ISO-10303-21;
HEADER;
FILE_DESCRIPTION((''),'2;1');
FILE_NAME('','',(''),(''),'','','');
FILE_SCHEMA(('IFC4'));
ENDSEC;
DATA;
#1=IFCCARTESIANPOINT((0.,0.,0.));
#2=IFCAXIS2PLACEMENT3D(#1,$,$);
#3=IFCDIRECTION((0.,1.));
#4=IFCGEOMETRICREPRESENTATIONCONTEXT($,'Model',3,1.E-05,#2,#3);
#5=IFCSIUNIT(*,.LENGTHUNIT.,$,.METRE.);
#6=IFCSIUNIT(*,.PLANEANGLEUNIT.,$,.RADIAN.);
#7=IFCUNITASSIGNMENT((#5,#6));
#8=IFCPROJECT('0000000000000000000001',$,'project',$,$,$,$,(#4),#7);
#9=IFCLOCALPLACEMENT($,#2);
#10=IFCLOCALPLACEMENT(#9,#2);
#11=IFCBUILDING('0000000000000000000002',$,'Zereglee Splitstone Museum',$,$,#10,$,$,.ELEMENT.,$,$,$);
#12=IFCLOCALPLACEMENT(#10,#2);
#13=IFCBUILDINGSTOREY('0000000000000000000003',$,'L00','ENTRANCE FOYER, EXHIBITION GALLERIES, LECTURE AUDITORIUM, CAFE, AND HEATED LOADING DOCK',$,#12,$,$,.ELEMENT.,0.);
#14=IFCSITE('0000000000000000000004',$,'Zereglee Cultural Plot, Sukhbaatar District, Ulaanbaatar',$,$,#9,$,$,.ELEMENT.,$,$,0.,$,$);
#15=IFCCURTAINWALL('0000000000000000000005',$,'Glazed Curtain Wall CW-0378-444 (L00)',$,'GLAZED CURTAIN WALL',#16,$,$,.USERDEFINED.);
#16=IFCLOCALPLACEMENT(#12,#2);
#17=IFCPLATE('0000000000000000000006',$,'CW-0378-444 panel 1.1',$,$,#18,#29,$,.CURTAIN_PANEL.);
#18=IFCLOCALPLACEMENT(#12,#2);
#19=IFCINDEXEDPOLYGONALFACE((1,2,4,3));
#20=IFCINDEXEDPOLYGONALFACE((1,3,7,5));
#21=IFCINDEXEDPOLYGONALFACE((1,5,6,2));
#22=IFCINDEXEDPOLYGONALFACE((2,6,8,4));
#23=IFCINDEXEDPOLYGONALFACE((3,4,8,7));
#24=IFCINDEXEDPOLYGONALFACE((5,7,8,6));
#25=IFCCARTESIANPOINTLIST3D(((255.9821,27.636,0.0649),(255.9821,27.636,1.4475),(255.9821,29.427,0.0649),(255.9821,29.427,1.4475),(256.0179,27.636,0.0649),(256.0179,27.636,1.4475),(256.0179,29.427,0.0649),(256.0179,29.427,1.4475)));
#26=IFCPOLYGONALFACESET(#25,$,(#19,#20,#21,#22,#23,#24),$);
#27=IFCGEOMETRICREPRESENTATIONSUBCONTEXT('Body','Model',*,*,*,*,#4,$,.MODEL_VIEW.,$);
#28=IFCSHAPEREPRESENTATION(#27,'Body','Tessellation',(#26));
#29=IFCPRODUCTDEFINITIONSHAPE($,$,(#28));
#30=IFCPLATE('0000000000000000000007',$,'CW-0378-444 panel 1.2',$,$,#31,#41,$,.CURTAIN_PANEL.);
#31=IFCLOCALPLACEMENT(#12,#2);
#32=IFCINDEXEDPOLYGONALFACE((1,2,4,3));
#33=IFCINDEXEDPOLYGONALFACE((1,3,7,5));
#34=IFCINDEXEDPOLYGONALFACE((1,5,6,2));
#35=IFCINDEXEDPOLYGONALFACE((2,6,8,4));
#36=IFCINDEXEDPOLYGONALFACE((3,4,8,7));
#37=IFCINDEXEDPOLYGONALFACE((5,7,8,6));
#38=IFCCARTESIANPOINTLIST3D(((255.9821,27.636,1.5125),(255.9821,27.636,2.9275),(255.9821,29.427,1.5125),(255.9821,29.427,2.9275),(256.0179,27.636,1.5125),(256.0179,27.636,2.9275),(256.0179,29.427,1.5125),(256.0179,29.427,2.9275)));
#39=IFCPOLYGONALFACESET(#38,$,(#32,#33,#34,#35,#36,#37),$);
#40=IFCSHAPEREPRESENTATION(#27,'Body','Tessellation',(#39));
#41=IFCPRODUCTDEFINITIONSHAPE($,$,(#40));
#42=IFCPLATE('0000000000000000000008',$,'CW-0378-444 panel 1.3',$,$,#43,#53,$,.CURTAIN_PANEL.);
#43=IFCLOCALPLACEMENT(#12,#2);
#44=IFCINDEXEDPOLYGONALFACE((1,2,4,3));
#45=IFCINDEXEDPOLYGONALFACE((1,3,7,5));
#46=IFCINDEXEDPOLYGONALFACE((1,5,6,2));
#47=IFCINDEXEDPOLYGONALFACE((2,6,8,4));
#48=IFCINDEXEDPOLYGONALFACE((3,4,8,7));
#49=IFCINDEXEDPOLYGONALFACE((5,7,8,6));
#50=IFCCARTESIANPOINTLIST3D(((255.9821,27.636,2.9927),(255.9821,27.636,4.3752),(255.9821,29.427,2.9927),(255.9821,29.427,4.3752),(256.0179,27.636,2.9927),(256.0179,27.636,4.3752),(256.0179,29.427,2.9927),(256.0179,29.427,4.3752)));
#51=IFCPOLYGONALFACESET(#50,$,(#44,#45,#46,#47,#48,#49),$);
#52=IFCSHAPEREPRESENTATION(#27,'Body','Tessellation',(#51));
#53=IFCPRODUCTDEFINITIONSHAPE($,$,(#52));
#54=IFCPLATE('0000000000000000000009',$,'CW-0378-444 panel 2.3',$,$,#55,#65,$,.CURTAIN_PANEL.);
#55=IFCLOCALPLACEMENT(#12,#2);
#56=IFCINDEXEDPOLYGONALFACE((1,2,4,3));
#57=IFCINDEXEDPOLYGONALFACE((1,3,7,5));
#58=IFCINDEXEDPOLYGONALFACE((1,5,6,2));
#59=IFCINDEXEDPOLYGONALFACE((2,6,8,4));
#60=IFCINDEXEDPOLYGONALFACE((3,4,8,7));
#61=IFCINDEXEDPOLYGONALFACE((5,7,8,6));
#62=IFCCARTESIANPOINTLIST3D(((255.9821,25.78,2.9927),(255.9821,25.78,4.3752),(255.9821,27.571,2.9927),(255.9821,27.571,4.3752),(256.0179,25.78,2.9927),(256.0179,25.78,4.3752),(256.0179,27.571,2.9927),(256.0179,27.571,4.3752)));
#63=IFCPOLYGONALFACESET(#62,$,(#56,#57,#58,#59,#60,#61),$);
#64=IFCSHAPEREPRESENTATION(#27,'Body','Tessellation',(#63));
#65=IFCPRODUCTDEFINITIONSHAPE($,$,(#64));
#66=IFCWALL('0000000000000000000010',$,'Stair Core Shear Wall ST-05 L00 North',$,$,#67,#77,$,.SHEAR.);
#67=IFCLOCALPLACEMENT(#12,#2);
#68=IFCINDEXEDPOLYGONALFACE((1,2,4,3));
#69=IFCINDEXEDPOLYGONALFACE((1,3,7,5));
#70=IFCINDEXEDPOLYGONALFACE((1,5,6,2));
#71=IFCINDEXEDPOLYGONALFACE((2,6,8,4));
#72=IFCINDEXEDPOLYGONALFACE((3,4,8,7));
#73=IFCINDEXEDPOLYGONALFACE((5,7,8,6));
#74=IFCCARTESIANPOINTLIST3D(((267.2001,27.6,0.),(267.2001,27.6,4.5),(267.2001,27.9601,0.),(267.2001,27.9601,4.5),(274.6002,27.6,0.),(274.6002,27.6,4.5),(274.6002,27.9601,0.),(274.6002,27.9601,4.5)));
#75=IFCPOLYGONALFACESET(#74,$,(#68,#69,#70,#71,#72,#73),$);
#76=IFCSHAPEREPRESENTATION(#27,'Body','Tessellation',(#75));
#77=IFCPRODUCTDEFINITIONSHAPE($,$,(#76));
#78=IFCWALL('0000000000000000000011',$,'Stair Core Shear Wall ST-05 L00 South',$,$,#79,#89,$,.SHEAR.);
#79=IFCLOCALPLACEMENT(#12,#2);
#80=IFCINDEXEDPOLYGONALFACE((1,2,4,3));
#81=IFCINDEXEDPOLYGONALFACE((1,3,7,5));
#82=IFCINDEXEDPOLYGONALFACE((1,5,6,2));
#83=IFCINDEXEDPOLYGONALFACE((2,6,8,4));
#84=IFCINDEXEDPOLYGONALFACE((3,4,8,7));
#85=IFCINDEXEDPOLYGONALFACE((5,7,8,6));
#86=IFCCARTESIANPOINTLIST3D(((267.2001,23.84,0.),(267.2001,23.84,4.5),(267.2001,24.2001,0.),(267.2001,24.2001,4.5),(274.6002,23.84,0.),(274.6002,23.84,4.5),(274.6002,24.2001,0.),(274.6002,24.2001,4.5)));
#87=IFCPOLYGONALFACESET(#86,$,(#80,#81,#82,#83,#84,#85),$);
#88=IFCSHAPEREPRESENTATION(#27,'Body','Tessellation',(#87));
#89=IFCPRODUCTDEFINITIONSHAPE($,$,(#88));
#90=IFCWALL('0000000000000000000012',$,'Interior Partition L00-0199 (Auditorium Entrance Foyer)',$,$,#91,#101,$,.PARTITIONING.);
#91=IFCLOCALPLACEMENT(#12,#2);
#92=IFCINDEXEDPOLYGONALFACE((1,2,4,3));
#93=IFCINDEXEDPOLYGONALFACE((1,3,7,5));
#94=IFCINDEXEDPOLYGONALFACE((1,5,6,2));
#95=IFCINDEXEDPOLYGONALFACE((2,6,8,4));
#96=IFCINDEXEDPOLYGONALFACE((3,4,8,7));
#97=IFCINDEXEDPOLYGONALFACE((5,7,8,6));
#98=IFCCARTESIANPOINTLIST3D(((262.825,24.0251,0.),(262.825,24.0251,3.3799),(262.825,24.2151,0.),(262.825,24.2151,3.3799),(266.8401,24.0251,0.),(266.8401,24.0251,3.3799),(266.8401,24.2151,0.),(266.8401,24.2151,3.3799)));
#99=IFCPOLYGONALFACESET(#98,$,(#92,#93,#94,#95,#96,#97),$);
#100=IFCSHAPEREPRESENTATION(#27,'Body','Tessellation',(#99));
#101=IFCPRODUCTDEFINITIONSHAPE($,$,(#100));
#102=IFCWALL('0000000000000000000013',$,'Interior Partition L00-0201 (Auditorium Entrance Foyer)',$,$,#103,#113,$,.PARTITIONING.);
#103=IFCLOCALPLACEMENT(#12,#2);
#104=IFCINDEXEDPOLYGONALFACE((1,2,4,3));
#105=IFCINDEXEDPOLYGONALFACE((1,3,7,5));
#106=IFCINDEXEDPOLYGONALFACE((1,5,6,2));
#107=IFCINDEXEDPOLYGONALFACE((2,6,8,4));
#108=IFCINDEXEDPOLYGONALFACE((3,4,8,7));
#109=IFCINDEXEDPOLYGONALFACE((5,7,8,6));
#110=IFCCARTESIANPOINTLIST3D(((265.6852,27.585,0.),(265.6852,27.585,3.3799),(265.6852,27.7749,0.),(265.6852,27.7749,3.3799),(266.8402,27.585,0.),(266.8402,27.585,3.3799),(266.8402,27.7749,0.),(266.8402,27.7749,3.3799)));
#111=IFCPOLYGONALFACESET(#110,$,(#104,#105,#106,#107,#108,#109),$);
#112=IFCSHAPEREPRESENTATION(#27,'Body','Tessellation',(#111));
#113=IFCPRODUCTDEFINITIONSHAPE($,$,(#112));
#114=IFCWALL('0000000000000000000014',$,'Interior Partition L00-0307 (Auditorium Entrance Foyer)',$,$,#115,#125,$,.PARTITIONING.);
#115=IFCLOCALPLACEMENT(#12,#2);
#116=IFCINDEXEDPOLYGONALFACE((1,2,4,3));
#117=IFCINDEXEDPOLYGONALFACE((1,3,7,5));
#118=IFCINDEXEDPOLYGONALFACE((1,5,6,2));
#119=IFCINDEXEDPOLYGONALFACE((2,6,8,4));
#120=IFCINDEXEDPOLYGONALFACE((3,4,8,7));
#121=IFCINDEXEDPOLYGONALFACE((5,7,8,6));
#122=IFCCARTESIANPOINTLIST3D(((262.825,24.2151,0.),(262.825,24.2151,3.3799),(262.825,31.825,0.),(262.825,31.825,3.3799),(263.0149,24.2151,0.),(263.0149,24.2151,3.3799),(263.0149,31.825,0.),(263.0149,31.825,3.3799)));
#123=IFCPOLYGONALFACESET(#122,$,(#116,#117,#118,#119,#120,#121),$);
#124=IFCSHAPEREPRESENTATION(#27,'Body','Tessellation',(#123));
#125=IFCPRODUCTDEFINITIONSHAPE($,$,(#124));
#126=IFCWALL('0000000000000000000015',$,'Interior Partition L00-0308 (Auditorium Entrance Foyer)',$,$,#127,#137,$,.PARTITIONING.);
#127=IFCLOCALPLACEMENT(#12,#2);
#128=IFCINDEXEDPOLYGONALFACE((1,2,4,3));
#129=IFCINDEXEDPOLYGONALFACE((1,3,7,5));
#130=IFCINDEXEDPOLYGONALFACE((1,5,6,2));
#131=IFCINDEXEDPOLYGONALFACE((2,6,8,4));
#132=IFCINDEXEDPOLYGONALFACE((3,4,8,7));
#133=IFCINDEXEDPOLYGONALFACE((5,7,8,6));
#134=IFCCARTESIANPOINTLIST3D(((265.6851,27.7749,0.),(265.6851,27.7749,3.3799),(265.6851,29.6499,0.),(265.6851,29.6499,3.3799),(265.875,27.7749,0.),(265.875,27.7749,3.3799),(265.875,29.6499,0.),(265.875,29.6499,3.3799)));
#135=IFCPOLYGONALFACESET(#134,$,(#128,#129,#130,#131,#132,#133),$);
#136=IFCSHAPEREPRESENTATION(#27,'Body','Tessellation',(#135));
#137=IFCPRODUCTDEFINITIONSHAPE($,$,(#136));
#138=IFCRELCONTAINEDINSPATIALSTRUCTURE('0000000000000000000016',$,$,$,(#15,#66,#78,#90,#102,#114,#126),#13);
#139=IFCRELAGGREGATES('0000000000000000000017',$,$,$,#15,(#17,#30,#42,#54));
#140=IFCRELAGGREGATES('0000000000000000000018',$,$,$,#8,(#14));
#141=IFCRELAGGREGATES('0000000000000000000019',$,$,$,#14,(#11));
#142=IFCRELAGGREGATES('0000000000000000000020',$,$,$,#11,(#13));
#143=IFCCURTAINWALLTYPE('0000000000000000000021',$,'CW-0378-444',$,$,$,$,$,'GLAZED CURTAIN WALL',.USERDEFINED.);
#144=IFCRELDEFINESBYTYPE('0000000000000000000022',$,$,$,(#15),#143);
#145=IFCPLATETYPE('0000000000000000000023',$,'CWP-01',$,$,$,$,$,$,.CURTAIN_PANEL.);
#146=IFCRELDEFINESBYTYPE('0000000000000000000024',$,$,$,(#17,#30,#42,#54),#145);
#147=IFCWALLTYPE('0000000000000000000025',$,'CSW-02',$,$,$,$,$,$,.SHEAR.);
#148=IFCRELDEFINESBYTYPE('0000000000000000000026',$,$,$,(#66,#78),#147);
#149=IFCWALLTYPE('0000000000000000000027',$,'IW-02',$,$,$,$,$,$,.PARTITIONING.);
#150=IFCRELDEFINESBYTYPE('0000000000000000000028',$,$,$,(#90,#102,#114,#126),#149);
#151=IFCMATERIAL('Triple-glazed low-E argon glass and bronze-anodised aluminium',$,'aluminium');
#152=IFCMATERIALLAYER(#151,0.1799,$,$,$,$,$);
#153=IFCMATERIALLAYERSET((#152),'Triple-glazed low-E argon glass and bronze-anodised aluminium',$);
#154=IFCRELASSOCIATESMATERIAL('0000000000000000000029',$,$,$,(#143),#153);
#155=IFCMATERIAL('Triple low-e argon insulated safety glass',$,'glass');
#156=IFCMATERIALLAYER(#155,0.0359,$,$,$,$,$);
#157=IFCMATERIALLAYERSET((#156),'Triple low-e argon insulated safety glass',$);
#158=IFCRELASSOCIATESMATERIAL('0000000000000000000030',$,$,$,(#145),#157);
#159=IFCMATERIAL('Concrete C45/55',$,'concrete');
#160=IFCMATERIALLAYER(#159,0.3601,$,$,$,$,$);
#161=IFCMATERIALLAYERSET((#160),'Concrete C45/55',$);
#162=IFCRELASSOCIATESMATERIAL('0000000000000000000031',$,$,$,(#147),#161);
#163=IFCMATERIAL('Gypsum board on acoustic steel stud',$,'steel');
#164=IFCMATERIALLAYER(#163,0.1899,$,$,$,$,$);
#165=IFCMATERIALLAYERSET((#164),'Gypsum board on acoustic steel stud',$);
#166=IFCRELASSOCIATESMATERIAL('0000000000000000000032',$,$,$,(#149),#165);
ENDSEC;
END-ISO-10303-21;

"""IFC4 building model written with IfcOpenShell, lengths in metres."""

from ifc_helpers import new_model, si_unit, direction, frame, frame_2d, origin, origin_2d, place, context, subcontext, project, spatial, rectangle, extrude, material, layer, layer_set, type_object, element, aggregate, save


model = new_model("IFC4")

# Units and contexts
model_context = context("Model", 3, precision=1e-05, world=origin(), true_north=direction((0.0, 1.0)))
body_context = subcontext(model_context, "Body", "Model", "MODEL_VIEW")
ifc_project = project(units=[si_unit("LENGTHUNIT", "METRE"), si_unit("PLANEANGLEUNIT", "RADIAN")], contexts=[model_context])

# Site, building, storey
site_placement = place(None, origin())
site = spatial("IfcSite", under=ifc_project, at=site_placement, Name="Zereglee Cultural Plot, Sukhbaatar District, Ulaanbaatar", CompositionType="ELEMENT", RefElevation=0.0)
building_placement = place(site_placement, origin())
building = spatial("IfcBuilding", under=site, at=building_placement, Name="Zereglee Splitstone Museum", CompositionType="ELEMENT")
storey_placement = place(building_placement, origin())
storey = spatial("IfcBuildingStorey", under=building, at=storey_placement, Name="L00", Description="ENTRANCE FOYER, EXHIBITION GALLERIES, LECTURE AUDITORIUM, CAFE, AND HEATED LOADING DOCK", CompositionType="ELEMENT", Elevation=0.0)

# Curtain wall
ifc_material_1 = material(Name="Triple-glazed low-E argon glass and bronze-anodised aluminium", Category="aluminium")
ifc_layer_1 = layer(ifc_material_1, 0.1799)
ifc_layer_set_1 = layer_set([ifc_layer_1], Name="Triple-glazed low-E argon glass and bronze-anodised aluminium")
curtain_wall_type = type_object("IfcCurtainWallType", Name="CW-0378-444", ElementType="GLAZED CURTAIN WALL", PredefinedType="USERDEFINED", material=ifc_layer_set_1)
curtain_wall_placement = place(storey_placement, origin())
curtain_wall = element("IfcCurtainWall", 1, at=curtain_wall_placement, inside=storey, type_object=curtain_wall_type, Name="Glazed Curtain Wall CW-0378-444 (L00)", ObjectType="GLAZED CURTAIN WALL", PredefinedType="USERDEFINED")

# Plates
ifc_material_2 = material(Name="Triple low-e argon insulated safety glass", Category="glass")
ifc_layer_2 = layer(ifc_material_2, 0.0359)
ifc_layer_set_2 = layer_set([ifc_layer_2], Name="Triple low-e argon insulated safety glass")
plate_type = type_object("IfcPlateType", Name="CWP-01", PredefinedType="CURTAIN_PANEL", material=ifc_layer_set_2)
plate_1_placement = place(storey_placement, frame((256.0, 28.5315, 0.0649), z_axis=(0.0, 0.0, 1.0), x_axis=(0.0, -1.0, 0.0)))
plate_1 = element("IfcPlate", 2, at=plate_1_placement, type_object=plate_type, Name="CW-0378-444 panel 1.1", PredefinedType="CURTAIN_PANEL", context=body_context, shape_type="SweptSolid", body=[
    extrude(rectangle(XDim=1.791, YDim=0.0359, at=origin_2d()), origin(), (0.0, 0.0, 1.0), 1.3826),
])
plate_2_placement = place(storey_placement, frame((256.0, 28.5315, 1.5125), z_axis=(0.0, 0.0, 1.0), x_axis=(0.0, -1.0, 0.0)))
plate_2 = element("IfcPlate", 3, at=plate_2_placement, type_object=plate_type, Name="CW-0378-444 panel 1.2", PredefinedType="CURTAIN_PANEL", context=body_context, shape_type="SweptSolid", body=[
    extrude(rectangle(XDim=1.791, YDim=0.0359, at=origin_2d()), origin(), (0.0, 0.0, 1.0), 1.415),
])
plate_3_placement = place(storey_placement, frame((256.0, 28.5315, 2.9927), z_axis=(0.0, 0.0, 1.0), x_axis=(0.0, -1.0, 0.0)))
plate_3 = element("IfcPlate", 4, at=plate_3_placement, type_object=plate_type, Name="CW-0378-444 panel 1.3", PredefinedType="CURTAIN_PANEL", context=body_context, shape_type="SweptSolid", body=[
    extrude(rectangle(XDim=1.791, YDim=0.0359, at=origin_2d()), origin(), (0.0, 0.0, 1.0), 1.3826),
])
plate_4_placement = place(storey_placement, frame((256.0, 26.6755, 2.9927), z_axis=(0.0, 0.0, 1.0), x_axis=(0.0, -1.0, 0.0)))
plate_4 = element("IfcPlate", 5, at=plate_4_placement, type_object=plate_type, Name="CW-0378-444 panel 2.3", PredefinedType="CURTAIN_PANEL", context=body_context, shape_type="SweptSolid", body=[
    extrude(rectangle(XDim=1.791, YDim=0.0359, at=origin_2d()), origin(), (0.0, 0.0, 1.0), 1.3826),
])
aggregate(curtain_wall, [plate_1, plate_2, plate_3, plate_4])

# Shared definitions
ifc_material_3 = material(Name="Concrete C45/55", Category="concrete")
ifc_layer_3 = layer(ifc_material_3, 0.3601)
ifc_layer_set_3 = layer_set([ifc_layer_3], Name="Concrete C45/55")
wall_type_1 = type_object("IfcWallType", Name="CSW-02", PredefinedType="SHEAR", material=ifc_layer_set_3)

# Walls
for number, where, z_axis, x_axis, name in (
    (6, (267.2, 27.78, 0.0), (0.0, 0.0, 1.0), (1.0, 0.0, 0.0), "Stair Core Shear Wall ST-05 L00 North"),
    (7, (267.2, 24.02, 0.0), (0.0, 0.0, 1.0), (1.0, 0.0, 0.0), "Stair Core Shear Wall ST-05 L00 South"),
):
    element("IfcWall", number, at=place(storey_placement, frame(where, z_axis=z_axis, x_axis=x_axis)), inside=storey, type_object=wall_type_1, Name=name, PredefinedType="SHEAR", context=body_context, shape_type="SweptSolid", body=[
        extrude(rectangle(XDim=7.4001, YDim=0.3601, at=frame_2d((3.7002, 0.0))), origin(), (0.0, 0.0, 1.0), 4.5),
    ])
ifc_material_4 = material(Name="Gypsum board on acoustic steel stud", Category="steel")
ifc_layer_4 = layer(ifc_material_4, 0.1899)
ifc_layer_set_4 = layer_set([ifc_layer_4], Name="Gypsum board on acoustic steel stud")
wall_type_2 = type_object("IfcWallType", Name="IW-02", PredefinedType="PARTITIONING", material=ifc_layer_set_4)
wall_1_placement = place(storey_placement, frame((262.825, 24.1201, 0.0), z_axis=(0.0, 0.0, 1.0), x_axis=(1.0, 0.0, 0.0)))
element("IfcWall", 8, at=wall_1_placement, inside=storey, type_object=wall_type_2, Name="Interior Partition L00-0199 (Auditorium Entrance Foyer)", PredefinedType="PARTITIONING", context=body_context, shape_type="SweptSolid", body=[
    extrude(rectangle(XDim=4.0151, YDim=0.1899, at=frame_2d((2.0076, 0.0))), origin(), (0.0, 0.0, 1.0), 3.3799),
])
wall_2_placement = place(storey_placement, frame((265.6851, 27.6799, 0.0), z_axis=(0.0, 0.0, 1.0), x_axis=(1.0, 0.0, 0.0)))
element("IfcWall", 9, at=wall_2_placement, inside=storey, type_object=wall_type_2, Name="Interior Partition L00-0201 (Auditorium Entrance Foyer)", PredefinedType="PARTITIONING", context=body_context, shape_type="SweptSolid", body=[
    extrude(rectangle(XDim=1.155, YDim=0.1899, at=frame_2d((0.5776, 0.0))), origin(), (0.0, 0.0, 1.0), 3.3799),
])
wall_3_placement = place(storey_placement, frame((262.9199, 24.2151, 0.0), z_axis=(0.0, 0.0, 1.0), x_axis=(0.0, 1.0, 0.0)))
element("IfcWall", 10, at=wall_3_placement, inside=storey, type_object=wall_type_2, Name="Interior Partition L00-0307 (Auditorium Entrance Foyer)", PredefinedType="PARTITIONING", context=body_context, shape_type="SweptSolid", body=[
    extrude(rectangle(XDim=7.6099, YDim=0.1899, at=frame_2d((3.8049, 0.0))), origin(), (0.0, 0.0, 1.0), 3.3799),
])
wall_4_placement = place(storey_placement, frame((265.78, 27.7749, 0.0), z_axis=(0.0, 0.0, 1.0), x_axis=(0.0, 1.0, 0.0)))
element("IfcWall", 11, at=wall_4_placement, inside=storey, type_object=wall_type_2, Name="Interior Partition L00-0308 (Auditorium Entrance Foyer)", PredefinedType="PARTITIONING", context=body_context, shape_type="SweptSolid", body=[
    extrude(rectangle(XDim=1.875, YDim=0.1899, at=frame_2d((0.9375, 0.0))), origin(), (0.0, 0.0, 1.0), 3.3799),
])

save(model, "model.ifc")
